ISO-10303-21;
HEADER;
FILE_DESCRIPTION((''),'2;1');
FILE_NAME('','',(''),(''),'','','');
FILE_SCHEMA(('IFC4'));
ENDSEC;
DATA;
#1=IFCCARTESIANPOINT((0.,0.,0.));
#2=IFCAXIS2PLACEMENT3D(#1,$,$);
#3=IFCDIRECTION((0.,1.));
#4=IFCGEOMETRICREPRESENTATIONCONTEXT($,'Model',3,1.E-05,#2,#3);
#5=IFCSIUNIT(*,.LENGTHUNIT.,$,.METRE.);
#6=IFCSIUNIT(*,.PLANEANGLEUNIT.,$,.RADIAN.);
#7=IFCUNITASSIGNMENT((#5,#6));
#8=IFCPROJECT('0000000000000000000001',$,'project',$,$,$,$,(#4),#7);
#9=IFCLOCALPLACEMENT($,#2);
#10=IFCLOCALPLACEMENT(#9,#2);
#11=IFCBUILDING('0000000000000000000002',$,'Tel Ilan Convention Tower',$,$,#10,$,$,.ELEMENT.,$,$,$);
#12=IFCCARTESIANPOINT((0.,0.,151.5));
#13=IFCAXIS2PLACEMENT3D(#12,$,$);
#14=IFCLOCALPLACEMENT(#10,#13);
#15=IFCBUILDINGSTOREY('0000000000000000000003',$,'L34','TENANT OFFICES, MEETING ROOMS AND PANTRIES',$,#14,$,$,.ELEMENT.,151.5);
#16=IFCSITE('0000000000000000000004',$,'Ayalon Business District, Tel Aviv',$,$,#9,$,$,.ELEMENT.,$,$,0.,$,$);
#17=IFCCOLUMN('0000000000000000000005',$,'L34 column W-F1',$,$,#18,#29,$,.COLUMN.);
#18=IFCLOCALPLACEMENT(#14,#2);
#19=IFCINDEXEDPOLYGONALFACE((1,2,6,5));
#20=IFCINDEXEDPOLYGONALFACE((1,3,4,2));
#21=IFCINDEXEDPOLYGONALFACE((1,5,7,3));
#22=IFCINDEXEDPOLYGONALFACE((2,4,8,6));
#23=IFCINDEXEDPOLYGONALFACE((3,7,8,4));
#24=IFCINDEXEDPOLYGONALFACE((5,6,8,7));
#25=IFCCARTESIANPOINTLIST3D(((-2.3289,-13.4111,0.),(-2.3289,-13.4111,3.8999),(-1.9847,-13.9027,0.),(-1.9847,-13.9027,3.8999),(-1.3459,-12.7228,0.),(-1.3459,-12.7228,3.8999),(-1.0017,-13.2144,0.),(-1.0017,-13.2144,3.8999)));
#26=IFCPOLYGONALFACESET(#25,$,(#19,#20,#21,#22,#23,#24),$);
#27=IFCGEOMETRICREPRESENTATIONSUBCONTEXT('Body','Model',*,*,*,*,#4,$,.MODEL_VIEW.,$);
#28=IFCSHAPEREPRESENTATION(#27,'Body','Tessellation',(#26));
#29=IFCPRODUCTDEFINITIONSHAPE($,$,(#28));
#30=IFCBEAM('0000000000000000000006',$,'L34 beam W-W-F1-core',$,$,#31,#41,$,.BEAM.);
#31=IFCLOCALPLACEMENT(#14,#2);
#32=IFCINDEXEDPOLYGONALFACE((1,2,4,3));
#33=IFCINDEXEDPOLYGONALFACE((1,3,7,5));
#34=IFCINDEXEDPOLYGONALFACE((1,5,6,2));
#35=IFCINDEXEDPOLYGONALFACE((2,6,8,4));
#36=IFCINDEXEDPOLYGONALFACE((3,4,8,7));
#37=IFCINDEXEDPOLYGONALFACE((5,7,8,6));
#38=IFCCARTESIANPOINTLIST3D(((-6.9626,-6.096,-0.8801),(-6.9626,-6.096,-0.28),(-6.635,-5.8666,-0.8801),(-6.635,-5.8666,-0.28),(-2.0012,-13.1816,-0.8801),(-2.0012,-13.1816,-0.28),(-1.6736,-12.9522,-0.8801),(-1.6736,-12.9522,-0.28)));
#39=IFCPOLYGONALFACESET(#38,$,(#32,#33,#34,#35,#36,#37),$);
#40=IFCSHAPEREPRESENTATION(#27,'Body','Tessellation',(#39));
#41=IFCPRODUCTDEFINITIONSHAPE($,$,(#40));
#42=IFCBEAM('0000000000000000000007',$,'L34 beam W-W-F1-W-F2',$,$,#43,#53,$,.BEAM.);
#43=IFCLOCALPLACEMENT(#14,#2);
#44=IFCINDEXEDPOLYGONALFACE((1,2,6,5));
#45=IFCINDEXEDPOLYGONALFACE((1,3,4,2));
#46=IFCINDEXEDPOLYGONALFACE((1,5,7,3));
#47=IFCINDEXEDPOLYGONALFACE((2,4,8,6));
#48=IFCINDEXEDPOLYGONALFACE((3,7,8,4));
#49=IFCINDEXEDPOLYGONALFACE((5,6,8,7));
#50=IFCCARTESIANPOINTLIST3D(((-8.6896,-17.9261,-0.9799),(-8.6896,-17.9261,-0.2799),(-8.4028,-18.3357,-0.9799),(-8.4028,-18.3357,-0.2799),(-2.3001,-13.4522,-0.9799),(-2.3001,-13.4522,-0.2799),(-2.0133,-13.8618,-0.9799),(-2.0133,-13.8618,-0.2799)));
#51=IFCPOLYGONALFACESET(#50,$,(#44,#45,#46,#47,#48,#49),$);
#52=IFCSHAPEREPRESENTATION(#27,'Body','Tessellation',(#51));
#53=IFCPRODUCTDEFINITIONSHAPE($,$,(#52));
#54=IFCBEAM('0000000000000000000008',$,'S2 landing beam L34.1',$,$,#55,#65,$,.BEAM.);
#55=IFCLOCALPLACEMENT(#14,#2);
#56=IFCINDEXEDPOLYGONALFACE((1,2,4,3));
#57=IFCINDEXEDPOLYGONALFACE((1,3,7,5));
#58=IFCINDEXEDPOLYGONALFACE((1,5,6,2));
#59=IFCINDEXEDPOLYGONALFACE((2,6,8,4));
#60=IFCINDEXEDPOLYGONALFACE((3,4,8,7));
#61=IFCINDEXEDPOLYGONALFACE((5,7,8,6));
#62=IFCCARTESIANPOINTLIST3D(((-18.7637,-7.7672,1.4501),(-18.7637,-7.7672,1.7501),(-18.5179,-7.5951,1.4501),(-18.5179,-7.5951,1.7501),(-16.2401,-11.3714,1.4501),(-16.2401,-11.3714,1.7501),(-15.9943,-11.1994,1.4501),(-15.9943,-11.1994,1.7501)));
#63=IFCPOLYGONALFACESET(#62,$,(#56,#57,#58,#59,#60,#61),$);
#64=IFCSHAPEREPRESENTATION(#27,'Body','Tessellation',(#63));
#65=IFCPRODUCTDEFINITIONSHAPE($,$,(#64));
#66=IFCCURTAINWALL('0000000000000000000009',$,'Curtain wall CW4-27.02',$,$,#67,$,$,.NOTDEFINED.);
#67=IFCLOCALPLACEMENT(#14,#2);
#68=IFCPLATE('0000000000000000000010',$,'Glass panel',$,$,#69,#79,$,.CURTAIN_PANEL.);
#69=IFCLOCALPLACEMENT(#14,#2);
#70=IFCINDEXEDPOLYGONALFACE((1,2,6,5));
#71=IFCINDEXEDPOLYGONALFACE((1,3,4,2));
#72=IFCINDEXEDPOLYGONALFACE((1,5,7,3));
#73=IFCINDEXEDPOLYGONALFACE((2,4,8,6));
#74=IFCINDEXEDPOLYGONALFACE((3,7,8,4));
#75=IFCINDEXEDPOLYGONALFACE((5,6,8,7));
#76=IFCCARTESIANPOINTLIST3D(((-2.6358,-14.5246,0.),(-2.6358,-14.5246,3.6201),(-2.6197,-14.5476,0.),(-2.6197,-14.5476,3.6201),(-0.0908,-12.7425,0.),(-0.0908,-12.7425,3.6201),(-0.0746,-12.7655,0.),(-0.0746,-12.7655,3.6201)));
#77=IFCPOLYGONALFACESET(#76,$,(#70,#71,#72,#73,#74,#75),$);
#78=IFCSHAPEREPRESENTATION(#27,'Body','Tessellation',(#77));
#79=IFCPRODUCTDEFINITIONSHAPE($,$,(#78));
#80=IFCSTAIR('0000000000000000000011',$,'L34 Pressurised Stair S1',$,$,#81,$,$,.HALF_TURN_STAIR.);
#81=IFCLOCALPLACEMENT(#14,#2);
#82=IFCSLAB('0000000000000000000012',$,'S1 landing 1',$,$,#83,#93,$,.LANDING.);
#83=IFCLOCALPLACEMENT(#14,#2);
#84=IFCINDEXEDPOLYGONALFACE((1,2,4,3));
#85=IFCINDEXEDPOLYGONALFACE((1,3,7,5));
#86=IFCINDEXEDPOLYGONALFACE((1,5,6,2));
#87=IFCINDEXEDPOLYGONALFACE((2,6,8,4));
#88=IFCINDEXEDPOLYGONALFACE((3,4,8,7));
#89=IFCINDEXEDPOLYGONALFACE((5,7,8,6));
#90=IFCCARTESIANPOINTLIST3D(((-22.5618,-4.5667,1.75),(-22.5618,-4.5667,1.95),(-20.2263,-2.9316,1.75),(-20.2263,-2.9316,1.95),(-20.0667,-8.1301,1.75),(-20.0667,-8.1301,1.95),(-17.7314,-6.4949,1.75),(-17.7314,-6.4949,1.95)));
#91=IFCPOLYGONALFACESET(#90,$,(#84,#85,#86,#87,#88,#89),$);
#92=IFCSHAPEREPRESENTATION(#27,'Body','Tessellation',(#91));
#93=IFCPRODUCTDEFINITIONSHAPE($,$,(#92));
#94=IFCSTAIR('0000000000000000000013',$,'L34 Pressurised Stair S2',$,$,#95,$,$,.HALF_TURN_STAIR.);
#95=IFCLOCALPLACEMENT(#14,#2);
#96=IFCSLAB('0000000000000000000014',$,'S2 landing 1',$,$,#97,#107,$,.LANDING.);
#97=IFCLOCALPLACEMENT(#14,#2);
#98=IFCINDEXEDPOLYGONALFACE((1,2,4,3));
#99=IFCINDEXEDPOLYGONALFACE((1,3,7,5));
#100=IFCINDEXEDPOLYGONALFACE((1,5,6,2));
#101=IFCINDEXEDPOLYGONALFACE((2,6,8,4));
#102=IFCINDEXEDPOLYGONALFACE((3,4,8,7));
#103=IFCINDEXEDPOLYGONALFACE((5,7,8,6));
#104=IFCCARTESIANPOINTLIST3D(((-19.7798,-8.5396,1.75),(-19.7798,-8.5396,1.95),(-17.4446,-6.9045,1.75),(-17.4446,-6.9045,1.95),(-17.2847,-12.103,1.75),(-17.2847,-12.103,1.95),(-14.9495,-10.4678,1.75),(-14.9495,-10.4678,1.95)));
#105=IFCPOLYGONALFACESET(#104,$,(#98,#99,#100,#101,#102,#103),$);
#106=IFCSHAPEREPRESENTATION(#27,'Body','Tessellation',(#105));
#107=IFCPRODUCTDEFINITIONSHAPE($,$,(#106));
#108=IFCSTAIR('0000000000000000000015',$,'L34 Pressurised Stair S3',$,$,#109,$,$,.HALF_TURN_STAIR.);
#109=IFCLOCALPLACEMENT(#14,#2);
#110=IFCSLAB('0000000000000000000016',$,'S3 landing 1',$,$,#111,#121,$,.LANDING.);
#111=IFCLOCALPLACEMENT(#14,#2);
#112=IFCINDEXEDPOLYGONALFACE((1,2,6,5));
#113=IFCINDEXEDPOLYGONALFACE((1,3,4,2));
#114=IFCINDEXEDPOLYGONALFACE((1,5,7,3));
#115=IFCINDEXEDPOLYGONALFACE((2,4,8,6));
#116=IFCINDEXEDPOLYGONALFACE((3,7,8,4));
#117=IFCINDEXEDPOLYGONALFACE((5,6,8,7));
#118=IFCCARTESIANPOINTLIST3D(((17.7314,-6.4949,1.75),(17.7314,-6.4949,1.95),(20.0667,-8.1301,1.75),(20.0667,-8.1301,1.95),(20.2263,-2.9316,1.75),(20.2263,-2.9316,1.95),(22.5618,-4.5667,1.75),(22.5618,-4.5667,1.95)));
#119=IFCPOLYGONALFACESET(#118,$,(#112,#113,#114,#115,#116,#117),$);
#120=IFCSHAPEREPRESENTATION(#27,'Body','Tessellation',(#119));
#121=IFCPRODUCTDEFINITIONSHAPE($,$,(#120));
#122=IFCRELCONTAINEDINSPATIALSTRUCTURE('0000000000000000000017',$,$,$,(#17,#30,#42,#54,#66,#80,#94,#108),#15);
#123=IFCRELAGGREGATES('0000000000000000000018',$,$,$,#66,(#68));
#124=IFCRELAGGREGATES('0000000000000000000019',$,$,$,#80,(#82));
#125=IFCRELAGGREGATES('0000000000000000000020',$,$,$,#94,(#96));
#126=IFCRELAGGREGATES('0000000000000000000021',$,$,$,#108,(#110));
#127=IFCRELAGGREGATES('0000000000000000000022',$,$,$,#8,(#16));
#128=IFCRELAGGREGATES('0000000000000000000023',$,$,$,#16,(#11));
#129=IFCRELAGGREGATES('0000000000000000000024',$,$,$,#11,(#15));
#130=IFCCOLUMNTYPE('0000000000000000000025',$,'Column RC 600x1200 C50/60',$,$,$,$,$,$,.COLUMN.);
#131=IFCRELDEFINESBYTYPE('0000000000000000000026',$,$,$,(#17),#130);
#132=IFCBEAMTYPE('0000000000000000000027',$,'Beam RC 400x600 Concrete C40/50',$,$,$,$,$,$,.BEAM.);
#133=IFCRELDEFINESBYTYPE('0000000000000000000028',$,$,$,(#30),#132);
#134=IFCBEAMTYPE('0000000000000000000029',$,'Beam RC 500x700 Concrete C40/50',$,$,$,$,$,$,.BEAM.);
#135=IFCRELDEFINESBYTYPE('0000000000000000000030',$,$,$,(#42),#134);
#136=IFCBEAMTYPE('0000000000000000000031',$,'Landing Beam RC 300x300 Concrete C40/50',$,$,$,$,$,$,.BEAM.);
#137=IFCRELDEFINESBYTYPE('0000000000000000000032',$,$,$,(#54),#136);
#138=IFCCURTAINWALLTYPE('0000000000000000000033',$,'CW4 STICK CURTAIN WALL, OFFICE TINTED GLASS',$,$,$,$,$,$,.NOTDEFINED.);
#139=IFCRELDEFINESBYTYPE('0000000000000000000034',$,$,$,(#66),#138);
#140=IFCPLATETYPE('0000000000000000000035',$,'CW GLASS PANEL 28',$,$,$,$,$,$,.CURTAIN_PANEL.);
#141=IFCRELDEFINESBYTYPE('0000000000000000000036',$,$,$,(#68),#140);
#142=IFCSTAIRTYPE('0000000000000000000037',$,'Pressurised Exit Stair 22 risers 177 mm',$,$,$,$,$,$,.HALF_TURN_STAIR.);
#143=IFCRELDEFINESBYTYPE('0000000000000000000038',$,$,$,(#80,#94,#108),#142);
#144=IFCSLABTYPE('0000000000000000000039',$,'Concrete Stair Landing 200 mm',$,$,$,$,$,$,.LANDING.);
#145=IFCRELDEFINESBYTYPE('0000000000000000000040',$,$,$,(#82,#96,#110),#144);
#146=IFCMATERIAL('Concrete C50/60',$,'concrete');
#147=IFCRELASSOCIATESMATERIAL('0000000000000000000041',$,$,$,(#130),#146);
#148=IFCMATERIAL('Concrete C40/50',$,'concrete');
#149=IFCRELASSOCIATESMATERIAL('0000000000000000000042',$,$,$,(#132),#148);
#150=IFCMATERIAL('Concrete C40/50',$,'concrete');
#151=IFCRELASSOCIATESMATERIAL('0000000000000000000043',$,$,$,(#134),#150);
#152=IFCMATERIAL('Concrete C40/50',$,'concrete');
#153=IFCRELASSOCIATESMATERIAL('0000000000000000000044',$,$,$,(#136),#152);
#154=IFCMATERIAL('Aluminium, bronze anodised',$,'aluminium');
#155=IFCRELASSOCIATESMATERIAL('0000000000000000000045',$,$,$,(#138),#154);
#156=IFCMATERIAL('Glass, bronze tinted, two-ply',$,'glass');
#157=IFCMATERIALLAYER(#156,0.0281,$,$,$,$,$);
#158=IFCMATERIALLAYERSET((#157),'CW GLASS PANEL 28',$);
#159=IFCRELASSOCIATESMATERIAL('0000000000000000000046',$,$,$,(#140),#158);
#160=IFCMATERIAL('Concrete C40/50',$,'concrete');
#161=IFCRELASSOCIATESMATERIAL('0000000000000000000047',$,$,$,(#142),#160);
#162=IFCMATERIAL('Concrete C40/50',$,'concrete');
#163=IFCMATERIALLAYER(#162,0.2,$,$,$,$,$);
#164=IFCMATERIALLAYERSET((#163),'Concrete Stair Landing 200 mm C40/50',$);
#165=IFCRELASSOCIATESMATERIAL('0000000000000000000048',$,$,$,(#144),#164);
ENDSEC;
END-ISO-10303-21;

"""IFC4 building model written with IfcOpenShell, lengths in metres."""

from ifc_helpers import new_model, si_unit, direction, frame, origin, origin_2d, place, context, subcontext, project, spatial, polyline, rectangle, outline, extrude, material, layer, layer_set, material_profile, profile_set, type_object, element, aggregate, save


model = new_model("IFC4")

# Units and contexts
model_context = context("Model", 3, precision=1e-05, world=origin(), true_north=direction((0.0, 1.0)))
body_context = subcontext(model_context, "Body", "Model", "MODEL_VIEW")
ifc_project = project(units=[si_unit("LENGTHUNIT", "METRE"), si_unit("PLANEANGLEUNIT", "RADIAN")], contexts=[model_context])

# Site, building, storey
site_placement = place(None, origin())
site = spatial("IfcSite", under=ifc_project, at=site_placement, Name="Ayalon Business District, Tel Aviv", CompositionType="ELEMENT", RefElevation=0.0)
building_placement = place(site_placement, origin())
building = spatial("IfcBuilding", under=site, at=building_placement, Name="Tel Ilan Convention Tower", CompositionType="ELEMENT")
storey_placement = place(building_placement, frame((0.0, 0.0, 151.5)))
storey = spatial("IfcBuildingStorey", under=building, at=storey_placement, Name="L34", Description="TENANT OFFICES, MEETING ROOMS AND PANTRIES", CompositionType="ELEMENT", Elevation=151.5)

# Column
ifc_material_1 = material(Name="Concrete C50/60", Category="concrete")
ifc_material_profile_1 = material_profile(ifc_material_1, rectangle(XDim=1.2, YDim=0.6001, at=origin_2d()), Name="RC 600x1200")
ifc_profile_set_1 = profile_set([ifc_material_profile_1], Name="Concrete C50/60")
column_type = type_object("IfcColumnType", Name="Column RC 600x1200 C50/60", PredefinedType="COLUMN", material=ifc_profile_set_1)
column_placement = place(storey_placement, frame((-1.6653, -13.3127, 0.0), z_axis=(0.0, 0.0, 1.0), x_axis=(-0.819152, -0.573576, 0.0)))
element("IfcColumn", 1, at=column_placement, inside=storey, type_object=column_type, Name="L34 column W-F1", PredefinedType="COLUMN", context=body_context, shape_type="SweptSolid", body=[
    extrude(rectangle(XDim=1.2, YDim=0.6001, at=origin_2d()), origin(), (0.0, 0.0, 1.0), 3.8999),
])

# Beams
ifc_material_2 = material(Name="Concrete C40/50", Category="concrete")
ifc_material_profile_2 = material_profile(ifc_material_2, rectangle(XDim=0.3999, YDim=0.6001, at=origin_2d()), Name="RC 400x600")
ifc_profile_set_2 = profile_set([ifc_material_profile_2], Name="Concrete C40/50")
beam_type_1 = type_object("IfcBeamType", Name="Beam RC 400x600 Concrete C40/50", PredefinedType="BEAM", material=ifc_profile_set_2)
beam_1_placement = place(storey_placement, frame((-1.8374, -13.0669, -0.5801), z_axis=(-0.573574, 0.819154, 0.0), x_axis=(-0.819154, -0.573574, 0.0)))
element("IfcBeam", 2, at=beam_1_placement, inside=storey, type_object=beam_type_1, Name="L34 beam W-W-F1-core", PredefinedType="BEAM", context=body_context, shape_type="SweptSolid", body=[
    extrude(rectangle(XDim=0.3999, YDim=0.6001, at=origin_2d()), origin(), (0.0, 0.0, 1.0), 8.6499),
])
ifc_material_3 = material(Name="Concrete C40/50", Category="concrete")
ifc_material_profile_3 = material_profile(ifc_material_3, rectangle(XDim=0.5, YDim=0.7, at=origin_2d()), Name="RC 500x700")
ifc_profile_set_3 = profile_set([ifc_material_profile_3], Name="Concrete C40/50")
beam_type_2 = type_object("IfcBeamType", Name="Beam RC 500x700 Concrete C40/50", PredefinedType="BEAM", material=ifc_profile_set_3)
beam_2_placement = place(storey_placement, frame((-2.1567, -13.657, -0.6299), z_axis=(-0.819154, -0.573574, 0.0), x_axis=(0.573574, -0.819154, 0.0)))
element("IfcBeam", 3, at=beam_2_placement, inside=storey, type_object=beam_type_2, Name="L34 beam W-W-F1-W-F2", PredefinedType="BEAM", context=body_context, shape_type="SweptSolid", body=[
    extrude(rectangle(XDim=0.5, YDim=0.7, at=origin_2d()), origin(), (0.0, 0.0, 1.0), 7.8),
])
ifc_material_4 = material(Name="Concrete C40/50", Category="concrete")
ifc_material_profile_4 = material_profile(ifc_material_4, rectangle(XDim=0.3, YDim=0.3, at=origin_2d()), Name="RC 300x300")
ifc_profile_set_4 = profile_set([ifc_material_profile_4], Name="Concrete C40/50")
beam_type_3 = type_object("IfcBeamType", Name="Landing Beam RC 300x300 Concrete C40/50", PredefinedType="BEAM", material=ifc_profile_set_4)
beam_3_placement = place(storey_placement, frame((-16.1172, -11.2854, 1.6001), z_axis=(-0.57357, 0.819156, 0.0), x_axis=(-0.819156, -0.57357, 0.0)))
element("IfcBeam", 4, at=beam_3_placement, inside=storey, type_object=beam_type_3, Name="S2 landing beam L34.1", PredefinedType="BEAM", context=body_context, shape_type="SweptSolid", body=[
    extrude(rectangle(XDim=0.3, YDim=0.3, at=origin_2d()), origin(), (0.0, 0.0, 1.0), 4.3999),
])

# Curtain wall, plate
ifc_material_5 = material(Name="Aluminium, bronze anodised", Category="aluminium")
curtain_wall_type = type_object("IfcCurtainWallType", Name="CW4 STICK CURTAIN WALL, OFFICE TINTED GLASS", PredefinedType="NOTDEFINED", material=ifc_material_5)
curtain_wall_placement = place(storey_placement, origin())
curtain_wall = element("IfcCurtainWall", 5, at=curtain_wall_placement, inside=storey, type_object=curtain_wall_type, Name="Curtain wall CW4-27.02", PredefinedType="NOTDEFINED")
ifc_material_6 = material(Name="Glass, bronze tinted, two-ply", Category="glass")
ifc_layer_1 = layer(ifc_material_6, 0.0281)
ifc_layer_set_1 = layer_set([ifc_layer_1], Name="CW GLASS PANEL 28")
plate_type = type_object("IfcPlateType", Name="CW GLASS PANEL 28", PredefinedType="CURTAIN_PANEL", material=ifc_layer_set_1)
plate_placement = place(storey_placement, frame((-1.3552, -13.645, 0.0), z_axis=(0.0, 0.0, 1.0), x_axis=(0.819152, 0.573576, 0.0)))
plate = element("IfcPlate", 6, at=plate_placement, type_object=plate_type, Name="Glass panel", PredefinedType="CURTAIN_PANEL", context=body_context, shape_type="SweptSolid", body=[
    extrude(rectangle(XDim=3.1069, YDim=0.0281, at=origin_2d()), origin(), (0.0, 0.0, 1.0), 3.6201),
])
aggregate(curtain_wall, [plate])

# Stairs, slabs
ifc_material_7 = material(Name="Concrete C40/50", Category="concrete")
stair_type = type_object("IfcStairType", Name="Pressurised Exit Stair 22 risers 177 mm", PredefinedType="HALF_TURN_STAIR", material=ifc_material_7)
stair_1_placement = place(storey_placement, origin())
stair_1 = element("IfcStair", 7, at=stair_1_placement, inside=storey, type_object=stair_type, Name="L34 Pressurised Stair S1", PredefinedType="HALF_TURN_STAIR")
ifc_material_8 = material(Name="Concrete C40/50", Category="concrete")
ifc_layer_2 = layer(ifc_material_8, 0.2)
ifc_layer_set_2 = layer_set([ifc_layer_2], Name="Concrete Stair Landing 200 mm C40/50")
slab_type_1 = type_object("IfcSlabType", Name="Concrete Stair Landing 200 mm", PredefinedType="LANDING", material=ifc_layer_set_2)
slab_1_placement = place(storey_placement, frame((0.0, 0.0, 1.75)))
slab_1 = element("IfcSlab", 8, at=slab_1_placement, type_object=slab_type_1, Name="S1 landing 1", PredefinedType="LANDING", context=body_context, shape_type="SweptSolid", body=[
    extrude(outline(polyline([(-20.0667, -8.1301), (-17.7314, -6.4949), (-20.2263, -2.9316), (-22.5618, -4.5667), (-20.0667, -8.1301)])), origin(), (0.0, 0.0, 1.0), 0.2),
])
aggregate(stair_1, [slab_1])
stair_2_placement = place(storey_placement, origin())
stair_2 = element("IfcStair", 9, at=stair_2_placement, inside=storey, type_object=stair_type, Name="L34 Pressurised Stair S2", PredefinedType="HALF_TURN_STAIR")
slab_2_placement = place(storey_placement, frame((0.0, 0.0, 1.75)))
slab_2 = element("IfcSlab", 10, at=slab_2_placement, type_object=slab_type_1, Name="S2 landing 1", PredefinedType="LANDING", context=body_context, shape_type="SweptSolid", body=[
    extrude(outline(polyline([(-17.2847, -12.103), (-14.9495, -10.4678), (-17.4446, -6.9045), (-19.7798, -8.5396), (-17.2847, -12.103)])), origin(), (0.0, 0.0, 1.0), 0.2),
])
aggregate(stair_2, [slab_2])
stair_3_placement = place(storey_placement, origin())
stair_3 = element("IfcStair", 11, at=stair_3_placement, inside=storey, type_object=stair_type, Name="L34 Pressurised Stair S3", PredefinedType="HALF_TURN_STAIR")
slab_3_placement = place(storey_placement, frame((0.0, 0.0, 1.75)))
slab_3 = element("IfcSlab", 12, at=slab_3_placement, type_object=slab_type_1, Name="S3 landing 1", PredefinedType="LANDING", context=body_context, shape_type="SweptSolid", body=[
    extrude(outline(polyline([(22.5618, -4.5667), (20.2263, -2.9316), (17.7314, -6.4949), (20.0667, -8.1301), (22.5618, -4.5667)])), origin(), (0.0, 0.0, 1.0), 0.2),
])
aggregate(stair_3, [slab_3])

save(model, "model.ifc")
